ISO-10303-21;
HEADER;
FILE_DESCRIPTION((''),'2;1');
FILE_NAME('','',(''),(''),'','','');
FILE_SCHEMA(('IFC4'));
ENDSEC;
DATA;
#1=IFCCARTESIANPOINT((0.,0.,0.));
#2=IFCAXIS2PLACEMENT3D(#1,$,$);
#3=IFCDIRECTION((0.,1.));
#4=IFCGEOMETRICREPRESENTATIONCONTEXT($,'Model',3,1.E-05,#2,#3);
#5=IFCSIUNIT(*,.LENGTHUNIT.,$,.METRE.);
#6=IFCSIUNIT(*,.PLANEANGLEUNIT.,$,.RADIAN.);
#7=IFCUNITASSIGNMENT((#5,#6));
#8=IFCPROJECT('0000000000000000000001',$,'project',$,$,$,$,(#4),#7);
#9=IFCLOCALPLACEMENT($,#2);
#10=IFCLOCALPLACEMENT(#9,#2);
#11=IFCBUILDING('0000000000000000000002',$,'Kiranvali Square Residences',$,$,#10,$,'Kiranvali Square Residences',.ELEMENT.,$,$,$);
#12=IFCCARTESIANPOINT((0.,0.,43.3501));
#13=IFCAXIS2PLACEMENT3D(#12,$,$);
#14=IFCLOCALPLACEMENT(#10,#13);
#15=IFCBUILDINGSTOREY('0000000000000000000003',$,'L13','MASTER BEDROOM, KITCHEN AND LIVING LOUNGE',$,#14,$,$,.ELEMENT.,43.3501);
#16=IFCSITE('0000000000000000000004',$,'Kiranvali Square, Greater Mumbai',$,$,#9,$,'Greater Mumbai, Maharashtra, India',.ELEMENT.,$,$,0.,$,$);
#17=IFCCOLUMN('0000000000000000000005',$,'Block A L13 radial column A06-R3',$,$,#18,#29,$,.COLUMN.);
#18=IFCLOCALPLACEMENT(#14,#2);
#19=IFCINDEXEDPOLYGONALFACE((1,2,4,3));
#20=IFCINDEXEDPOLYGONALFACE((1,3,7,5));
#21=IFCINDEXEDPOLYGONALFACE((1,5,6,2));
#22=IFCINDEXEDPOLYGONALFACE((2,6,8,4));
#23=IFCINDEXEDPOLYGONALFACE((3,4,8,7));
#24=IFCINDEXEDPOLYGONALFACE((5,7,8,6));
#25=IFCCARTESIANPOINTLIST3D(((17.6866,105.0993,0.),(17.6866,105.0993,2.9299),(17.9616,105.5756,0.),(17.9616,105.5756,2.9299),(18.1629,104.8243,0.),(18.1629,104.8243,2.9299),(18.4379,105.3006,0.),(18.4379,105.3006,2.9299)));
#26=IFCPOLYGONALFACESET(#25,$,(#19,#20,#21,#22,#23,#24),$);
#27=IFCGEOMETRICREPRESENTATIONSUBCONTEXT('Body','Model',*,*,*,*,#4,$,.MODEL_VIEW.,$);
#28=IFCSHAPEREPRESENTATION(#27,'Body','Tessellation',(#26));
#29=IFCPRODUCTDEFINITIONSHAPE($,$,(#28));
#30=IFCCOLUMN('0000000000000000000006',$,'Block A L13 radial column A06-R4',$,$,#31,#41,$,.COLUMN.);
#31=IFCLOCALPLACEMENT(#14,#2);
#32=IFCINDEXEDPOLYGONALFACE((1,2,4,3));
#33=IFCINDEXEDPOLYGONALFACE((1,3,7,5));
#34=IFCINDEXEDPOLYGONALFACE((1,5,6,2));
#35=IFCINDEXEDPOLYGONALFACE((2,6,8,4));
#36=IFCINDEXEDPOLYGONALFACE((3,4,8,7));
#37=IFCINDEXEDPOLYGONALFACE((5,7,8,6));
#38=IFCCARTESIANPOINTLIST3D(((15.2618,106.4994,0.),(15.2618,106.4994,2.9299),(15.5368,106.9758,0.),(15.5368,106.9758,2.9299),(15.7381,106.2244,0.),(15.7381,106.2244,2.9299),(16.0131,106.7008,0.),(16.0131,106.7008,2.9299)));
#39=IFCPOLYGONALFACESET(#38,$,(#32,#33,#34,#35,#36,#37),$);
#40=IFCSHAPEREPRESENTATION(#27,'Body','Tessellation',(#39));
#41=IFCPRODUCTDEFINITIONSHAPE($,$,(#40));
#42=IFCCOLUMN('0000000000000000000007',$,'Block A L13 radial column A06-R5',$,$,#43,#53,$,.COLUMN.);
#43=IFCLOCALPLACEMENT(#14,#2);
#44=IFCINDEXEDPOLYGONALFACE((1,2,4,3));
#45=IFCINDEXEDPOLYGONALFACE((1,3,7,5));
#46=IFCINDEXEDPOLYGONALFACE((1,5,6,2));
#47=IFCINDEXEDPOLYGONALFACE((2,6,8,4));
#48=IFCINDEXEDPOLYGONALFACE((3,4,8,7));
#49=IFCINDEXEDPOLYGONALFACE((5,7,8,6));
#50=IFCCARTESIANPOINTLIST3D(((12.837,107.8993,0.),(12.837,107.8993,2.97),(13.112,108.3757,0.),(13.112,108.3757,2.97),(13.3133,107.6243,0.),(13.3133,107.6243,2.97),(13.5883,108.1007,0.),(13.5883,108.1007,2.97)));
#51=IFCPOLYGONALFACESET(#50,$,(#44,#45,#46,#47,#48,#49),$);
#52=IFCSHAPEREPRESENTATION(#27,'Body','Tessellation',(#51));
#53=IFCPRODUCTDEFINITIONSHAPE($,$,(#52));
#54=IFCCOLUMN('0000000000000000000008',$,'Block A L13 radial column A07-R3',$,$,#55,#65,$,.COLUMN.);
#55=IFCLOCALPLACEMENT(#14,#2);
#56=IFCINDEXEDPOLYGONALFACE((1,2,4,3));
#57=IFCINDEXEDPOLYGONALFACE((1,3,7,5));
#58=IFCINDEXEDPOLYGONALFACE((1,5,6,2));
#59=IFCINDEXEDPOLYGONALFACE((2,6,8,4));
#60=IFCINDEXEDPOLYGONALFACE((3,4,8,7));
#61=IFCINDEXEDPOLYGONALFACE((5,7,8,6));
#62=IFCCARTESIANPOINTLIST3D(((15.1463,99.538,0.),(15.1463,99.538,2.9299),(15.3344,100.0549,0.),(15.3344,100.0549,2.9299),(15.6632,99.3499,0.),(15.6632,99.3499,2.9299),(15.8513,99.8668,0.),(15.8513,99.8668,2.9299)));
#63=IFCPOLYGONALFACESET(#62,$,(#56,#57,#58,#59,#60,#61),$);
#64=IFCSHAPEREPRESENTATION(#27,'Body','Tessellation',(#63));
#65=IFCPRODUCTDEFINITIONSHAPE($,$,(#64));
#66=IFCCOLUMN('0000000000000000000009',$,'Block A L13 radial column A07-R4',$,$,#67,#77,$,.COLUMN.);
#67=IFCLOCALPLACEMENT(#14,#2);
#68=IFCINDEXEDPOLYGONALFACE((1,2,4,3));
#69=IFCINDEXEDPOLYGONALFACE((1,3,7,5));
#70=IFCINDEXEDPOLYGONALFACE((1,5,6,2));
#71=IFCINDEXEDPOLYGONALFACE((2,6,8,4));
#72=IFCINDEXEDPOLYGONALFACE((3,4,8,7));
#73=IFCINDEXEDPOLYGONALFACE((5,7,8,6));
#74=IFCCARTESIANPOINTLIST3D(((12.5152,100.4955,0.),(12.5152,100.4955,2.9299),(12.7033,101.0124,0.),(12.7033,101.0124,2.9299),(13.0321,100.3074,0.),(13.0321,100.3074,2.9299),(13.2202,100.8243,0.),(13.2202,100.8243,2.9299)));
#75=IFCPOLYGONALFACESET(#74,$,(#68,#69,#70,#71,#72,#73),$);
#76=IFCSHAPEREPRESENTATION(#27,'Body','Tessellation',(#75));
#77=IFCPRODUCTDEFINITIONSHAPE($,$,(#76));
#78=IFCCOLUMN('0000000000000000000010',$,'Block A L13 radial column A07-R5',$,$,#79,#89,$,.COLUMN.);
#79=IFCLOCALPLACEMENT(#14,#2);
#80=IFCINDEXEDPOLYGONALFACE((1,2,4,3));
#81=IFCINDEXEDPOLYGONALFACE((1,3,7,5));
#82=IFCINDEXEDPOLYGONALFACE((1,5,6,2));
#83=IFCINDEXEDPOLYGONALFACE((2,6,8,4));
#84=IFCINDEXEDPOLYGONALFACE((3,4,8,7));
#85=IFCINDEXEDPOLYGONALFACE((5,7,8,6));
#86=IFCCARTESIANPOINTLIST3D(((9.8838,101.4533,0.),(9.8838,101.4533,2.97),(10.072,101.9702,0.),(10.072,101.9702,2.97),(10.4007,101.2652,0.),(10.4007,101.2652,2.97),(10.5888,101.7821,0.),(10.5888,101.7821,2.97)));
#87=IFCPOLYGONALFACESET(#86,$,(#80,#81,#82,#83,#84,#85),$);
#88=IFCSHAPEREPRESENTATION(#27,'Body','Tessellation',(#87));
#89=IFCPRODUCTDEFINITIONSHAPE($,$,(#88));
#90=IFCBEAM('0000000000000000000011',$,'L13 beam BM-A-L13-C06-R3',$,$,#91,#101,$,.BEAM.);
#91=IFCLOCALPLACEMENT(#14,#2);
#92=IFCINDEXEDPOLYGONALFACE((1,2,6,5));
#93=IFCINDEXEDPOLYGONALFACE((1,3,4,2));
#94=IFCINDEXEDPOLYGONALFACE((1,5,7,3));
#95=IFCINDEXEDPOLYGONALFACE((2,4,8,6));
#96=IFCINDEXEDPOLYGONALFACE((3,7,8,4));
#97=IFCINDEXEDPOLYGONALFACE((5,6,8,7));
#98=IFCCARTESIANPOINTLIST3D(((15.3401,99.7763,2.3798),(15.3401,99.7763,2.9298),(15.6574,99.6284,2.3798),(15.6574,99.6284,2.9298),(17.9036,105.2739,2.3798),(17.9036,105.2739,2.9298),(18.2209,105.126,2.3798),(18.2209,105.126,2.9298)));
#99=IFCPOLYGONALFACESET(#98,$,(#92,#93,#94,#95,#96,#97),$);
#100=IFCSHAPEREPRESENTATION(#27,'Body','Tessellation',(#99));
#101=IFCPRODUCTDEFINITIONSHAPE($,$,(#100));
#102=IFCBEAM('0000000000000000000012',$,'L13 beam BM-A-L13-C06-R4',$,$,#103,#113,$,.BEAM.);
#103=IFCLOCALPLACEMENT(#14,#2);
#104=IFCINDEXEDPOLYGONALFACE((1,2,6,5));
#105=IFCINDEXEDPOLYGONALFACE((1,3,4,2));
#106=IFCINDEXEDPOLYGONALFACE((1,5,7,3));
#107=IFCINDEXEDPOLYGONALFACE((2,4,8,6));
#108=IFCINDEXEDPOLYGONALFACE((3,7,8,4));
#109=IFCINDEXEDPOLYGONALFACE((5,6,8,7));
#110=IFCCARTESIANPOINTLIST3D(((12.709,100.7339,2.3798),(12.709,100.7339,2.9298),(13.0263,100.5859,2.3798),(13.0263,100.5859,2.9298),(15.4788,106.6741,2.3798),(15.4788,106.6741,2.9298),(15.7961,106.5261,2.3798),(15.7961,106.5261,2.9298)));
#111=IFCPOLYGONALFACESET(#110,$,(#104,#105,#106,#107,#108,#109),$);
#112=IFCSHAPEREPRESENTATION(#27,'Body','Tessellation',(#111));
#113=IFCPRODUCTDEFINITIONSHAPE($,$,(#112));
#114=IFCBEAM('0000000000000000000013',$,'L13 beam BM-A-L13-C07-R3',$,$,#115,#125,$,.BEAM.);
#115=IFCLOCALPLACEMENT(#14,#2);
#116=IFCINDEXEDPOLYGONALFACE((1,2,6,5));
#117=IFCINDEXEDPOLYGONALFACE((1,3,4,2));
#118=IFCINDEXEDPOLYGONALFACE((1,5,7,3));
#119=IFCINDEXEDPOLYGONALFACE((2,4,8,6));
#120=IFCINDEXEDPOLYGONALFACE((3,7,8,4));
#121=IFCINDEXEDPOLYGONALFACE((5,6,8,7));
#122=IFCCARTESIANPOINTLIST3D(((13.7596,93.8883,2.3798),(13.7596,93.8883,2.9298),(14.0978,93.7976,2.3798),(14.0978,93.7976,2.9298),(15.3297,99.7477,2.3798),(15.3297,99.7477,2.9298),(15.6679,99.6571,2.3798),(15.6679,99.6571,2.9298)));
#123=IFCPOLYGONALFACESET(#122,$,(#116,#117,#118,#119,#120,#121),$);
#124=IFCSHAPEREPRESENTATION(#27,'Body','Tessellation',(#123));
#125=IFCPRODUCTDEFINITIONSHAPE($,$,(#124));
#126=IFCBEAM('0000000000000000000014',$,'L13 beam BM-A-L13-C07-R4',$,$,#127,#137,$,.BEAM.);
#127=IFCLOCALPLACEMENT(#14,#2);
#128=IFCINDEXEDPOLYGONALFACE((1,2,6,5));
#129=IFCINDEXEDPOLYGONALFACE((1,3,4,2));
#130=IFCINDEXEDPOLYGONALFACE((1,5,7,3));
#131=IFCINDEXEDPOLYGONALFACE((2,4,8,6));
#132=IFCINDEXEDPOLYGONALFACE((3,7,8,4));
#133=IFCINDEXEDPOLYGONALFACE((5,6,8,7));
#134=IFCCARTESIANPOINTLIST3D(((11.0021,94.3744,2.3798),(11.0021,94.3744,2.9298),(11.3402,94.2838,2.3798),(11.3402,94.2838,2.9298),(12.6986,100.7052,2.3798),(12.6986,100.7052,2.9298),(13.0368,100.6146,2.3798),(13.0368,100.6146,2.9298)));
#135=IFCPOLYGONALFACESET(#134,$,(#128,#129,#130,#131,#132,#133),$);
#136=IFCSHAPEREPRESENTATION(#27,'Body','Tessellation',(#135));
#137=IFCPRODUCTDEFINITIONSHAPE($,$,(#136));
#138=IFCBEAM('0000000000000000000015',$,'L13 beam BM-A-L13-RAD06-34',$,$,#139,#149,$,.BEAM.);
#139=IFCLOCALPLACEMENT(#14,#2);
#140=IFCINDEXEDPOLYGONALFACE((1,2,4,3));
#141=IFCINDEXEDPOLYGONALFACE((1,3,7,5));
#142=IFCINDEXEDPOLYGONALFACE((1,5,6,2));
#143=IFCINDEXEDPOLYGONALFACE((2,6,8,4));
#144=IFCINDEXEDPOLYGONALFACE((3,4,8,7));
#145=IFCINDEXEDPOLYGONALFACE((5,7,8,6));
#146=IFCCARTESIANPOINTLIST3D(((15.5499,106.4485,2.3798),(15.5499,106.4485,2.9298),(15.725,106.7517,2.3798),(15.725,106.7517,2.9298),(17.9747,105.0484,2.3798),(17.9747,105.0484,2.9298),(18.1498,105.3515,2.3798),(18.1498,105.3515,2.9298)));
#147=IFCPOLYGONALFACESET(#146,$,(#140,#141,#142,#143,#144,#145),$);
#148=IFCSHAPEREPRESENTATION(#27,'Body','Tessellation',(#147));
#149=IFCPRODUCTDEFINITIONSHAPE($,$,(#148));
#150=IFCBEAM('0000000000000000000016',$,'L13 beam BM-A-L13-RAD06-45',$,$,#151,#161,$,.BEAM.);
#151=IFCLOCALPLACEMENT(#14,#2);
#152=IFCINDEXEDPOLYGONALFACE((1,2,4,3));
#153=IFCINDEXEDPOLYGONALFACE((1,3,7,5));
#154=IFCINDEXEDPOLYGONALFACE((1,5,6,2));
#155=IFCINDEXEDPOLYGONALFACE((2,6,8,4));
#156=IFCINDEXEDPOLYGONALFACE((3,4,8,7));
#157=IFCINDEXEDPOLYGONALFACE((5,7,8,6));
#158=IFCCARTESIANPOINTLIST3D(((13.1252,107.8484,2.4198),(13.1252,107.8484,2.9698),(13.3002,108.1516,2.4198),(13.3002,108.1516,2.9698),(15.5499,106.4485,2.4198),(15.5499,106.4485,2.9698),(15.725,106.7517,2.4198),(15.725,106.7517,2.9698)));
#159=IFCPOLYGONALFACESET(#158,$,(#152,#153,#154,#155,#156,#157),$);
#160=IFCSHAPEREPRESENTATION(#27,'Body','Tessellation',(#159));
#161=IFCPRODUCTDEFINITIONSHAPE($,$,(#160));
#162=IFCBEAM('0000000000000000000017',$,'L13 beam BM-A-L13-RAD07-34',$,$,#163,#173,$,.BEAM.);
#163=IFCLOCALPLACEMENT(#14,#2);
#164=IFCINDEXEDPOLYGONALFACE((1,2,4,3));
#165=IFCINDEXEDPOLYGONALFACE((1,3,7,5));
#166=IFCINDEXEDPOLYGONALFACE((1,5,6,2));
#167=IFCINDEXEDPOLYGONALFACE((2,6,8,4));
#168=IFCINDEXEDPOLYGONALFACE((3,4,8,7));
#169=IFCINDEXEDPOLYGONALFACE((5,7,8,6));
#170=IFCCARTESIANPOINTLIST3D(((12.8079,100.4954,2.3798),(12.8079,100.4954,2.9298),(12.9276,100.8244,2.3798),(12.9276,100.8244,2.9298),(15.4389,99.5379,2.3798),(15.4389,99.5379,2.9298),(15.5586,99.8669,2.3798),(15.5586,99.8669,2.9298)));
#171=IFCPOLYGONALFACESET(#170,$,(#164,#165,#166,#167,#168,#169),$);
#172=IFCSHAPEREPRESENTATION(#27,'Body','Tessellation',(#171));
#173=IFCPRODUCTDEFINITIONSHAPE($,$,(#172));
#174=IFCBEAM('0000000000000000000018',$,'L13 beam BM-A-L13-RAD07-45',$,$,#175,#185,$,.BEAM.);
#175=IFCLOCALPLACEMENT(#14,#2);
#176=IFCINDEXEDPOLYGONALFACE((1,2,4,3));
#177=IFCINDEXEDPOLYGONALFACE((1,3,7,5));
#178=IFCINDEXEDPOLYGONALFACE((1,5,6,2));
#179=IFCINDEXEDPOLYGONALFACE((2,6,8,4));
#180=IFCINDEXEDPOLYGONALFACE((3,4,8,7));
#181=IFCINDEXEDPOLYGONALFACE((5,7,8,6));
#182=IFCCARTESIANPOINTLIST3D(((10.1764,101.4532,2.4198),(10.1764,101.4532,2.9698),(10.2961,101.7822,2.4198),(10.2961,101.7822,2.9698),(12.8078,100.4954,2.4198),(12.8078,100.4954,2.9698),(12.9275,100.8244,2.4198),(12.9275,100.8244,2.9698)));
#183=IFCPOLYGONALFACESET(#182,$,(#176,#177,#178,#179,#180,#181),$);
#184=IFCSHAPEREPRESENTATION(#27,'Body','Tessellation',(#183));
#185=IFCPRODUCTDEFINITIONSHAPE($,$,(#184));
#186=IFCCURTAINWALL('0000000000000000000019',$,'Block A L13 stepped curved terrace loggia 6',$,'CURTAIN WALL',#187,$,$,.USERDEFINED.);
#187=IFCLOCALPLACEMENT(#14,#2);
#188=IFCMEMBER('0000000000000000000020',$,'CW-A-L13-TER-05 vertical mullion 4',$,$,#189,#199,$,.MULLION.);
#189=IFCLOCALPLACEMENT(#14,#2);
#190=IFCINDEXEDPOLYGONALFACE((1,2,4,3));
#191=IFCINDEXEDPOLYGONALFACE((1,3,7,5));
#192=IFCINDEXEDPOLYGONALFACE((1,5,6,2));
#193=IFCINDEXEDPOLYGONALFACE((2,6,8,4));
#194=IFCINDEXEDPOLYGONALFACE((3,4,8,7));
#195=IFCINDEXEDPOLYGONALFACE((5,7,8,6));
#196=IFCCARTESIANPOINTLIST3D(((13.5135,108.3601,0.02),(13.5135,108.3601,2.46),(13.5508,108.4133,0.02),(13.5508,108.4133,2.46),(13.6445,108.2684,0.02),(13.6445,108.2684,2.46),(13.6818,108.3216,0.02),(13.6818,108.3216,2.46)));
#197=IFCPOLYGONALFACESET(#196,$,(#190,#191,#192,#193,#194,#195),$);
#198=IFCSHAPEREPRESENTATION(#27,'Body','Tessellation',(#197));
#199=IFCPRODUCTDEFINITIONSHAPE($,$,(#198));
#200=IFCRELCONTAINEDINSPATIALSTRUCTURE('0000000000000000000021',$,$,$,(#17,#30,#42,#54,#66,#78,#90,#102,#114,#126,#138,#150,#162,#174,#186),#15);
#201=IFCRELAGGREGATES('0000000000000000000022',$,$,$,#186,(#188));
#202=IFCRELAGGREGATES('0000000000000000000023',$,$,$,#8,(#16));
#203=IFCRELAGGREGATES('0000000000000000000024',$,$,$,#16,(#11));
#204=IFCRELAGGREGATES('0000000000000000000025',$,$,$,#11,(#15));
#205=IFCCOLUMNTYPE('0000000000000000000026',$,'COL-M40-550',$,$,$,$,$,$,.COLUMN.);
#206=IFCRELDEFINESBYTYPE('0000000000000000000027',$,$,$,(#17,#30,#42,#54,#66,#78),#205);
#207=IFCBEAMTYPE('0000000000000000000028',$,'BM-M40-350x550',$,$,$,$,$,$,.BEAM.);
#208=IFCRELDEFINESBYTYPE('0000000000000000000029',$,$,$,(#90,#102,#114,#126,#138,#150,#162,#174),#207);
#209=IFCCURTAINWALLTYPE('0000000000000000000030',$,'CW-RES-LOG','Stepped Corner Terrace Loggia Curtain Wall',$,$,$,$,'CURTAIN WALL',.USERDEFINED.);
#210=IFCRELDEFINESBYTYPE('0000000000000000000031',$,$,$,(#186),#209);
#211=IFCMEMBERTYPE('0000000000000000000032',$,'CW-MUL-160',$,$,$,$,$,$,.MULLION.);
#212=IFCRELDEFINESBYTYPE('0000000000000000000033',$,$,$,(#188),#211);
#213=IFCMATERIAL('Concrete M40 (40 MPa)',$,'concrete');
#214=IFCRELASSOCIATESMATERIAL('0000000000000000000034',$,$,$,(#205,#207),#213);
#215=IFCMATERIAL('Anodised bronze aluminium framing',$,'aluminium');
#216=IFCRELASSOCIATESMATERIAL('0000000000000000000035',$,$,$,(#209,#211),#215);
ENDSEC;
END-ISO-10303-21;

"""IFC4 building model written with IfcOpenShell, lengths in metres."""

from ifc_helpers import new_model, si_unit, direction, frame, origin, origin_2d, place, context, subcontext, project, spatial, rectangle, extrude, material, material_profile, profile_set, type_object, element, aggregate, save


model = new_model("IFC4")

# Units and contexts
model_context = context("Model", 3, precision=1e-05, world=origin(), true_north=direction((0.0, 1.0)))
body_context = subcontext(model_context, "Body", "Model", "MODEL_VIEW")
ifc_project = project(units=[si_unit("LENGTHUNIT", "METRE"), si_unit("PLANEANGLEUNIT", "RADIAN")], contexts=[model_context])

# Site, building, storey
site_placement = place(None, origin())
site = spatial("IfcSite", under=ifc_project, at=site_placement, Name="Kiranvali Square, Greater Mumbai", LongName="Greater Mumbai, Maharashtra, India", CompositionType="ELEMENT", RefElevation=0.0)
building_placement = place(site_placement, origin())
building = spatial("IfcBuilding", under=site, at=building_placement, Name="Kiranvali Square Residences", LongName="Kiranvali Square Residences", CompositionType="ELEMENT")
storey_placement = place(building_placement, frame((0.0, 0.0, 43.3501)))
storey = spatial("IfcBuildingStorey", under=building, at=storey_placement, Name="L13", Description="MASTER BEDROOM, KITCHEN AND LIVING LOUNGE", CompositionType="ELEMENT", Elevation=43.3501)

# Columns
ifc_material_1 = material(Name="Concrete M40 (40 MPa)", Category="concrete")
ifc_material_profile_1 = material_profile(ifc_material_1, rectangle(XDim=0.55, YDim=0.55, at=origin_2d()), Name="RC 550x550")
ifc_profile_set_1 = profile_set([ifc_material_profile_1], Name="Concrete M40 (40 MPa)")
column_type = type_object("IfcColumnType", Name="COL-M40-550", PredefinedType="COLUMN", material=ifc_profile_set_1)
for number, where, z_axis, x_axis, name in (
    (1, (18.0623, 105.2, 0.0), (0.0, 0.0, 1.0), (0.5, 0.866025, 0.0), "Block A L13 radial column A06-R3"),
    (2, (15.6375, 106.6001, 0.0), (0.0, 0.0, 1.0), (0.5, 0.866025, 0.0), "Block A L13 radial column A06-R4"),
):
    element("IfcColumn", number, at=place(storey_placement, frame(where, z_axis=z_axis, x_axis=x_axis)), inside=storey, type_object=column_type, Name=name, PredefinedType="COLUMN", context=body_context, shape_type="SweptSolid", body=[
        extrude(rectangle(XDim=0.55, YDim=0.55, at=origin_2d()), origin(), (0.0, 0.0, 1.0), 2.9299),
    ])
column_1_placement = place(storey_placement, frame((13.2126, 108.0, 0.0), z_axis=(0.0, 0.0, 1.0), x_axis=(0.5, 0.866025, 0.0)))
element("IfcColumn", 3, at=column_1_placement, inside=storey, type_object=column_type, Name="Block A L13 radial column A06-R5", PredefinedType="COLUMN", context=body_context, shape_type="SweptSolid", body=[
    extrude(rectangle(XDim=0.55, YDim=0.55, at=origin_2d()), origin(), (0.0, 0.0, 1.0), 2.97),
])
for number, where, z_axis, x_axis, name in (
    (4, (15.4988, 99.7024, 0.0), (0.0, 0.0, 1.0), (0.34202, 0.939693, 0.0), "Block A L13 radial column A07-R3"),
    (5, (12.8677, 100.6599, 0.0), (0.0, 0.0, 1.0), (0.34202, 0.939693, 0.0), "Block A L13 radial column A07-R4"),
):
    element("IfcColumn", number, at=place(storey_placement, frame(where, z_axis=z_axis, x_axis=x_axis)), inside=storey, type_object=column_type, Name=name, PredefinedType="COLUMN", context=body_context, shape_type="SweptSolid", body=[
        extrude(rectangle(XDim=0.55, YDim=0.55, at=origin_2d()), origin(), (0.0, 0.0, 1.0), 2.9299),
    ])
column_2_placement = place(storey_placement, frame((10.2363, 101.6177, 0.0), z_axis=(0.0, 0.0, 1.0), x_axis=(0.34202, 0.939693, 0.0)))
element("IfcColumn", 6, at=column_2_placement, inside=storey, type_object=column_type, Name="Block A L13 radial column A07-R5", PredefinedType="COLUMN", context=body_context, shape_type="SweptSolid", body=[
    extrude(rectangle(XDim=0.55, YDim=0.55, at=origin_2d()), origin(), (0.0, 0.0, 1.0), 2.97),
])

# Beams
ifc_material_profile_2 = material_profile(ifc_material_1, rectangle(XDim=0.3501, YDim=0.55, at=origin_2d()), Name="RC 350x550")
ifc_profile_set_2 = profile_set([ifc_material_profile_2], Name="Concrete M40 (40 MPa)")
beam_type_1 = type_object("IfcBeamType", Name="BM-M40-350x550", PredefinedType="BEAM", material=ifc_profile_set_2)
beam_1_placement = place(storey_placement, frame((18.0623, 105.2, 2.6548), z_axis=(-0.422608, -0.906313, 0.0), x_axis=(0.906313, -0.422608, 0.0)))
element("IfcBeam", 7, at=beam_1_placement, inside=storey, type_object=beam_type_1, Name="L13 beam BM-A-L13-C06-R3", PredefinedType="BEAM", context=body_context, shape_type="SweptSolid", body=[
    extrude(rectangle(XDim=0.3501, YDim=0.55, at=origin_2d()), origin(), (0.0, 0.0, 1.0), 6.0659),
])
beam_2_placement = place(storey_placement, frame((15.6375, 106.6001, 2.6548), z_axis=(-0.422596, -0.906318, 0.0), x_axis=(0.906318, -0.422596, 0.0)))
element("IfcBeam", 8, at=beam_2_placement, inside=storey, type_object=beam_type_1, Name="L13 beam BM-A-L13-C06-R4", PredefinedType="BEAM", context=body_context, shape_type="SweptSolid", body=[
    extrude(rectangle(XDim=0.3501, YDim=0.55, at=origin_2d()), origin(), (0.0, 0.0, 1.0), 6.5542),
])
beam_3_placement = place(storey_placement, frame((15.4988, 99.7024, 2.6548), z_axis=(-0.258827, -0.965924, 0.0), x_axis=(0.965924, -0.258827, 0.0)))
element("IfcBeam", 9, at=beam_3_placement, inside=storey, type_object=beam_type_1, Name="L13 beam BM-A-L13-C07-R3", PredefinedType="BEAM", context=body_context, shape_type="SweptSolid", body=[
    extrude(rectangle(XDim=0.3501, YDim=0.55, at=origin_2d()), origin(), (0.0, 0.0, 1.0), 6.0662),
])
beam_4_placement = place(storey_placement, frame((12.8677, 100.6599, 2.6548), z_axis=(-0.258847, -0.965918, 0.0), x_axis=(0.965918, -0.258847, 0.0)))
element("IfcBeam", 10, at=beam_4_placement, inside=storey, type_object=beam_type_1, Name="L13 beam BM-A-L13-C07-R4", PredefinedType="BEAM", context=body_context, shape_type="SweptSolid", body=[
    extrude(rectangle(XDim=0.3501, YDim=0.55, at=origin_2d()), origin(), (0.0, 0.0, 1.0), 6.5542),
])
beam_5_placement = place(storey_placement, frame((18.0623, 105.2, 2.6548), z_axis=(-0.865997, 0.50005, 0.0), x_axis=(-0.50005, -0.865997, 0.0)))
element("IfcBeam", 11, at=beam_5_placement, inside=storey, type_object=beam_type_1, Name="L13 beam BM-A-L13-RAD06-34", PredefinedType="BEAM", context=body_context, shape_type="SweptSolid", body=[
    extrude(rectangle(XDim=0.3501, YDim=0.55, at=origin_2d()), origin(), (0.0, 0.0, 1.0), 2.8),
])
for number, where, z_axis, x_axis, name in (
    (12, (15.6375, 106.6001, 2.6948), (-0.866035, 0.499984, 0.0), (-0.499984, -0.866035, 0.0), "L13 beam BM-A-L13-RAD06-45"),
    (13, (15.4988, 99.7024, 2.6548), (-0.939707, 0.341981, 0.0), (-0.341981, -0.939707, 0.0), "L13 beam BM-A-L13-RAD07-34"),
):
    element("IfcBeam", number, at=place(storey_placement, frame(where, z_axis=z_axis, x_axis=x_axis)), inside=storey, type_object=beam_type_1, Name=name, PredefinedType="BEAM", context=body_context, shape_type="SweptSolid", body=[
        extrude(rectangle(XDim=0.3501, YDim=0.55, at=origin_2d()), origin(), (0.0, 0.0, 1.0), 2.7998),
    ])
beam_6_placement = place(storey_placement, frame((12.8677, 100.6599, 2.6948), z_axis=(-0.939689, 0.34203, 0.0), x_axis=(-0.34203, -0.939689, 0.0)))
element("IfcBeam", 14, at=beam_6_placement, inside=storey, type_object=beam_type_1, Name="L13 beam BM-A-L13-RAD07-45", PredefinedType="BEAM", context=body_context, shape_type="SweptSolid", body=[
    extrude(rectangle(XDim=0.3501, YDim=0.55, at=origin_2d()), origin(), (0.0, 0.0, 1.0), 2.8003),
])

# Curtain wall, member
ifc_material_2 = material(Name="Anodised bronze aluminium framing", Category="aluminium")
curtain_wall_type = type_object("IfcCurtainWallType", Name="CW-RES-LOG", Description="Stepped Corner Terrace Loggia Curtain Wall", ElementType="CURTAIN WALL", PredefinedType="USERDEFINED", material=ifc_material_2)
curtain_wall_placement = place(storey_placement, origin())
curtain_wall = element("IfcCurtainWall", 15, at=curtain_wall_placement, inside=storey, type_object=curtain_wall_type, Name="Block A L13 stepped curved terrace loggia 6", ObjectType="CURTAIN WALL", PredefinedType="USERDEFINED")
ifc_material_profile_3 = material_profile(ifc_material_2, rectangle(XDim=0.0649, YDim=0.1599, at=origin_2d()), Name="ALU 65x160")
ifc_profile_set_3 = profile_set([ifc_material_profile_3], Name="Anodised bronze aluminium framing")
member_type = type_object("IfcMemberType", Name="CW-MUL-160", PredefinedType="MULLION", material=ifc_profile_set_3)
member_placement = place(storey_placement, frame((13.5977, 108.3408, 0.02), z_axis=(0.0, 0.0, 1.0), x_axis=(-0.573576, -0.819152, 0.0)))
member = element("IfcMember", 16, at=member_placement, type_object=member_type, Name="CW-A-L13-TER-05 vertical mullion 4", PredefinedType="MULLION", context=body_context, shape_type="SweptSolid", body=[
    extrude(rectangle(XDim=0.0649, YDim=0.1599, at=origin_2d()), origin(), (0.0, 0.0, 1.0), 2.4399),
])

aggregate(curtain_wall, [member])

save(model, "model.ifc")
